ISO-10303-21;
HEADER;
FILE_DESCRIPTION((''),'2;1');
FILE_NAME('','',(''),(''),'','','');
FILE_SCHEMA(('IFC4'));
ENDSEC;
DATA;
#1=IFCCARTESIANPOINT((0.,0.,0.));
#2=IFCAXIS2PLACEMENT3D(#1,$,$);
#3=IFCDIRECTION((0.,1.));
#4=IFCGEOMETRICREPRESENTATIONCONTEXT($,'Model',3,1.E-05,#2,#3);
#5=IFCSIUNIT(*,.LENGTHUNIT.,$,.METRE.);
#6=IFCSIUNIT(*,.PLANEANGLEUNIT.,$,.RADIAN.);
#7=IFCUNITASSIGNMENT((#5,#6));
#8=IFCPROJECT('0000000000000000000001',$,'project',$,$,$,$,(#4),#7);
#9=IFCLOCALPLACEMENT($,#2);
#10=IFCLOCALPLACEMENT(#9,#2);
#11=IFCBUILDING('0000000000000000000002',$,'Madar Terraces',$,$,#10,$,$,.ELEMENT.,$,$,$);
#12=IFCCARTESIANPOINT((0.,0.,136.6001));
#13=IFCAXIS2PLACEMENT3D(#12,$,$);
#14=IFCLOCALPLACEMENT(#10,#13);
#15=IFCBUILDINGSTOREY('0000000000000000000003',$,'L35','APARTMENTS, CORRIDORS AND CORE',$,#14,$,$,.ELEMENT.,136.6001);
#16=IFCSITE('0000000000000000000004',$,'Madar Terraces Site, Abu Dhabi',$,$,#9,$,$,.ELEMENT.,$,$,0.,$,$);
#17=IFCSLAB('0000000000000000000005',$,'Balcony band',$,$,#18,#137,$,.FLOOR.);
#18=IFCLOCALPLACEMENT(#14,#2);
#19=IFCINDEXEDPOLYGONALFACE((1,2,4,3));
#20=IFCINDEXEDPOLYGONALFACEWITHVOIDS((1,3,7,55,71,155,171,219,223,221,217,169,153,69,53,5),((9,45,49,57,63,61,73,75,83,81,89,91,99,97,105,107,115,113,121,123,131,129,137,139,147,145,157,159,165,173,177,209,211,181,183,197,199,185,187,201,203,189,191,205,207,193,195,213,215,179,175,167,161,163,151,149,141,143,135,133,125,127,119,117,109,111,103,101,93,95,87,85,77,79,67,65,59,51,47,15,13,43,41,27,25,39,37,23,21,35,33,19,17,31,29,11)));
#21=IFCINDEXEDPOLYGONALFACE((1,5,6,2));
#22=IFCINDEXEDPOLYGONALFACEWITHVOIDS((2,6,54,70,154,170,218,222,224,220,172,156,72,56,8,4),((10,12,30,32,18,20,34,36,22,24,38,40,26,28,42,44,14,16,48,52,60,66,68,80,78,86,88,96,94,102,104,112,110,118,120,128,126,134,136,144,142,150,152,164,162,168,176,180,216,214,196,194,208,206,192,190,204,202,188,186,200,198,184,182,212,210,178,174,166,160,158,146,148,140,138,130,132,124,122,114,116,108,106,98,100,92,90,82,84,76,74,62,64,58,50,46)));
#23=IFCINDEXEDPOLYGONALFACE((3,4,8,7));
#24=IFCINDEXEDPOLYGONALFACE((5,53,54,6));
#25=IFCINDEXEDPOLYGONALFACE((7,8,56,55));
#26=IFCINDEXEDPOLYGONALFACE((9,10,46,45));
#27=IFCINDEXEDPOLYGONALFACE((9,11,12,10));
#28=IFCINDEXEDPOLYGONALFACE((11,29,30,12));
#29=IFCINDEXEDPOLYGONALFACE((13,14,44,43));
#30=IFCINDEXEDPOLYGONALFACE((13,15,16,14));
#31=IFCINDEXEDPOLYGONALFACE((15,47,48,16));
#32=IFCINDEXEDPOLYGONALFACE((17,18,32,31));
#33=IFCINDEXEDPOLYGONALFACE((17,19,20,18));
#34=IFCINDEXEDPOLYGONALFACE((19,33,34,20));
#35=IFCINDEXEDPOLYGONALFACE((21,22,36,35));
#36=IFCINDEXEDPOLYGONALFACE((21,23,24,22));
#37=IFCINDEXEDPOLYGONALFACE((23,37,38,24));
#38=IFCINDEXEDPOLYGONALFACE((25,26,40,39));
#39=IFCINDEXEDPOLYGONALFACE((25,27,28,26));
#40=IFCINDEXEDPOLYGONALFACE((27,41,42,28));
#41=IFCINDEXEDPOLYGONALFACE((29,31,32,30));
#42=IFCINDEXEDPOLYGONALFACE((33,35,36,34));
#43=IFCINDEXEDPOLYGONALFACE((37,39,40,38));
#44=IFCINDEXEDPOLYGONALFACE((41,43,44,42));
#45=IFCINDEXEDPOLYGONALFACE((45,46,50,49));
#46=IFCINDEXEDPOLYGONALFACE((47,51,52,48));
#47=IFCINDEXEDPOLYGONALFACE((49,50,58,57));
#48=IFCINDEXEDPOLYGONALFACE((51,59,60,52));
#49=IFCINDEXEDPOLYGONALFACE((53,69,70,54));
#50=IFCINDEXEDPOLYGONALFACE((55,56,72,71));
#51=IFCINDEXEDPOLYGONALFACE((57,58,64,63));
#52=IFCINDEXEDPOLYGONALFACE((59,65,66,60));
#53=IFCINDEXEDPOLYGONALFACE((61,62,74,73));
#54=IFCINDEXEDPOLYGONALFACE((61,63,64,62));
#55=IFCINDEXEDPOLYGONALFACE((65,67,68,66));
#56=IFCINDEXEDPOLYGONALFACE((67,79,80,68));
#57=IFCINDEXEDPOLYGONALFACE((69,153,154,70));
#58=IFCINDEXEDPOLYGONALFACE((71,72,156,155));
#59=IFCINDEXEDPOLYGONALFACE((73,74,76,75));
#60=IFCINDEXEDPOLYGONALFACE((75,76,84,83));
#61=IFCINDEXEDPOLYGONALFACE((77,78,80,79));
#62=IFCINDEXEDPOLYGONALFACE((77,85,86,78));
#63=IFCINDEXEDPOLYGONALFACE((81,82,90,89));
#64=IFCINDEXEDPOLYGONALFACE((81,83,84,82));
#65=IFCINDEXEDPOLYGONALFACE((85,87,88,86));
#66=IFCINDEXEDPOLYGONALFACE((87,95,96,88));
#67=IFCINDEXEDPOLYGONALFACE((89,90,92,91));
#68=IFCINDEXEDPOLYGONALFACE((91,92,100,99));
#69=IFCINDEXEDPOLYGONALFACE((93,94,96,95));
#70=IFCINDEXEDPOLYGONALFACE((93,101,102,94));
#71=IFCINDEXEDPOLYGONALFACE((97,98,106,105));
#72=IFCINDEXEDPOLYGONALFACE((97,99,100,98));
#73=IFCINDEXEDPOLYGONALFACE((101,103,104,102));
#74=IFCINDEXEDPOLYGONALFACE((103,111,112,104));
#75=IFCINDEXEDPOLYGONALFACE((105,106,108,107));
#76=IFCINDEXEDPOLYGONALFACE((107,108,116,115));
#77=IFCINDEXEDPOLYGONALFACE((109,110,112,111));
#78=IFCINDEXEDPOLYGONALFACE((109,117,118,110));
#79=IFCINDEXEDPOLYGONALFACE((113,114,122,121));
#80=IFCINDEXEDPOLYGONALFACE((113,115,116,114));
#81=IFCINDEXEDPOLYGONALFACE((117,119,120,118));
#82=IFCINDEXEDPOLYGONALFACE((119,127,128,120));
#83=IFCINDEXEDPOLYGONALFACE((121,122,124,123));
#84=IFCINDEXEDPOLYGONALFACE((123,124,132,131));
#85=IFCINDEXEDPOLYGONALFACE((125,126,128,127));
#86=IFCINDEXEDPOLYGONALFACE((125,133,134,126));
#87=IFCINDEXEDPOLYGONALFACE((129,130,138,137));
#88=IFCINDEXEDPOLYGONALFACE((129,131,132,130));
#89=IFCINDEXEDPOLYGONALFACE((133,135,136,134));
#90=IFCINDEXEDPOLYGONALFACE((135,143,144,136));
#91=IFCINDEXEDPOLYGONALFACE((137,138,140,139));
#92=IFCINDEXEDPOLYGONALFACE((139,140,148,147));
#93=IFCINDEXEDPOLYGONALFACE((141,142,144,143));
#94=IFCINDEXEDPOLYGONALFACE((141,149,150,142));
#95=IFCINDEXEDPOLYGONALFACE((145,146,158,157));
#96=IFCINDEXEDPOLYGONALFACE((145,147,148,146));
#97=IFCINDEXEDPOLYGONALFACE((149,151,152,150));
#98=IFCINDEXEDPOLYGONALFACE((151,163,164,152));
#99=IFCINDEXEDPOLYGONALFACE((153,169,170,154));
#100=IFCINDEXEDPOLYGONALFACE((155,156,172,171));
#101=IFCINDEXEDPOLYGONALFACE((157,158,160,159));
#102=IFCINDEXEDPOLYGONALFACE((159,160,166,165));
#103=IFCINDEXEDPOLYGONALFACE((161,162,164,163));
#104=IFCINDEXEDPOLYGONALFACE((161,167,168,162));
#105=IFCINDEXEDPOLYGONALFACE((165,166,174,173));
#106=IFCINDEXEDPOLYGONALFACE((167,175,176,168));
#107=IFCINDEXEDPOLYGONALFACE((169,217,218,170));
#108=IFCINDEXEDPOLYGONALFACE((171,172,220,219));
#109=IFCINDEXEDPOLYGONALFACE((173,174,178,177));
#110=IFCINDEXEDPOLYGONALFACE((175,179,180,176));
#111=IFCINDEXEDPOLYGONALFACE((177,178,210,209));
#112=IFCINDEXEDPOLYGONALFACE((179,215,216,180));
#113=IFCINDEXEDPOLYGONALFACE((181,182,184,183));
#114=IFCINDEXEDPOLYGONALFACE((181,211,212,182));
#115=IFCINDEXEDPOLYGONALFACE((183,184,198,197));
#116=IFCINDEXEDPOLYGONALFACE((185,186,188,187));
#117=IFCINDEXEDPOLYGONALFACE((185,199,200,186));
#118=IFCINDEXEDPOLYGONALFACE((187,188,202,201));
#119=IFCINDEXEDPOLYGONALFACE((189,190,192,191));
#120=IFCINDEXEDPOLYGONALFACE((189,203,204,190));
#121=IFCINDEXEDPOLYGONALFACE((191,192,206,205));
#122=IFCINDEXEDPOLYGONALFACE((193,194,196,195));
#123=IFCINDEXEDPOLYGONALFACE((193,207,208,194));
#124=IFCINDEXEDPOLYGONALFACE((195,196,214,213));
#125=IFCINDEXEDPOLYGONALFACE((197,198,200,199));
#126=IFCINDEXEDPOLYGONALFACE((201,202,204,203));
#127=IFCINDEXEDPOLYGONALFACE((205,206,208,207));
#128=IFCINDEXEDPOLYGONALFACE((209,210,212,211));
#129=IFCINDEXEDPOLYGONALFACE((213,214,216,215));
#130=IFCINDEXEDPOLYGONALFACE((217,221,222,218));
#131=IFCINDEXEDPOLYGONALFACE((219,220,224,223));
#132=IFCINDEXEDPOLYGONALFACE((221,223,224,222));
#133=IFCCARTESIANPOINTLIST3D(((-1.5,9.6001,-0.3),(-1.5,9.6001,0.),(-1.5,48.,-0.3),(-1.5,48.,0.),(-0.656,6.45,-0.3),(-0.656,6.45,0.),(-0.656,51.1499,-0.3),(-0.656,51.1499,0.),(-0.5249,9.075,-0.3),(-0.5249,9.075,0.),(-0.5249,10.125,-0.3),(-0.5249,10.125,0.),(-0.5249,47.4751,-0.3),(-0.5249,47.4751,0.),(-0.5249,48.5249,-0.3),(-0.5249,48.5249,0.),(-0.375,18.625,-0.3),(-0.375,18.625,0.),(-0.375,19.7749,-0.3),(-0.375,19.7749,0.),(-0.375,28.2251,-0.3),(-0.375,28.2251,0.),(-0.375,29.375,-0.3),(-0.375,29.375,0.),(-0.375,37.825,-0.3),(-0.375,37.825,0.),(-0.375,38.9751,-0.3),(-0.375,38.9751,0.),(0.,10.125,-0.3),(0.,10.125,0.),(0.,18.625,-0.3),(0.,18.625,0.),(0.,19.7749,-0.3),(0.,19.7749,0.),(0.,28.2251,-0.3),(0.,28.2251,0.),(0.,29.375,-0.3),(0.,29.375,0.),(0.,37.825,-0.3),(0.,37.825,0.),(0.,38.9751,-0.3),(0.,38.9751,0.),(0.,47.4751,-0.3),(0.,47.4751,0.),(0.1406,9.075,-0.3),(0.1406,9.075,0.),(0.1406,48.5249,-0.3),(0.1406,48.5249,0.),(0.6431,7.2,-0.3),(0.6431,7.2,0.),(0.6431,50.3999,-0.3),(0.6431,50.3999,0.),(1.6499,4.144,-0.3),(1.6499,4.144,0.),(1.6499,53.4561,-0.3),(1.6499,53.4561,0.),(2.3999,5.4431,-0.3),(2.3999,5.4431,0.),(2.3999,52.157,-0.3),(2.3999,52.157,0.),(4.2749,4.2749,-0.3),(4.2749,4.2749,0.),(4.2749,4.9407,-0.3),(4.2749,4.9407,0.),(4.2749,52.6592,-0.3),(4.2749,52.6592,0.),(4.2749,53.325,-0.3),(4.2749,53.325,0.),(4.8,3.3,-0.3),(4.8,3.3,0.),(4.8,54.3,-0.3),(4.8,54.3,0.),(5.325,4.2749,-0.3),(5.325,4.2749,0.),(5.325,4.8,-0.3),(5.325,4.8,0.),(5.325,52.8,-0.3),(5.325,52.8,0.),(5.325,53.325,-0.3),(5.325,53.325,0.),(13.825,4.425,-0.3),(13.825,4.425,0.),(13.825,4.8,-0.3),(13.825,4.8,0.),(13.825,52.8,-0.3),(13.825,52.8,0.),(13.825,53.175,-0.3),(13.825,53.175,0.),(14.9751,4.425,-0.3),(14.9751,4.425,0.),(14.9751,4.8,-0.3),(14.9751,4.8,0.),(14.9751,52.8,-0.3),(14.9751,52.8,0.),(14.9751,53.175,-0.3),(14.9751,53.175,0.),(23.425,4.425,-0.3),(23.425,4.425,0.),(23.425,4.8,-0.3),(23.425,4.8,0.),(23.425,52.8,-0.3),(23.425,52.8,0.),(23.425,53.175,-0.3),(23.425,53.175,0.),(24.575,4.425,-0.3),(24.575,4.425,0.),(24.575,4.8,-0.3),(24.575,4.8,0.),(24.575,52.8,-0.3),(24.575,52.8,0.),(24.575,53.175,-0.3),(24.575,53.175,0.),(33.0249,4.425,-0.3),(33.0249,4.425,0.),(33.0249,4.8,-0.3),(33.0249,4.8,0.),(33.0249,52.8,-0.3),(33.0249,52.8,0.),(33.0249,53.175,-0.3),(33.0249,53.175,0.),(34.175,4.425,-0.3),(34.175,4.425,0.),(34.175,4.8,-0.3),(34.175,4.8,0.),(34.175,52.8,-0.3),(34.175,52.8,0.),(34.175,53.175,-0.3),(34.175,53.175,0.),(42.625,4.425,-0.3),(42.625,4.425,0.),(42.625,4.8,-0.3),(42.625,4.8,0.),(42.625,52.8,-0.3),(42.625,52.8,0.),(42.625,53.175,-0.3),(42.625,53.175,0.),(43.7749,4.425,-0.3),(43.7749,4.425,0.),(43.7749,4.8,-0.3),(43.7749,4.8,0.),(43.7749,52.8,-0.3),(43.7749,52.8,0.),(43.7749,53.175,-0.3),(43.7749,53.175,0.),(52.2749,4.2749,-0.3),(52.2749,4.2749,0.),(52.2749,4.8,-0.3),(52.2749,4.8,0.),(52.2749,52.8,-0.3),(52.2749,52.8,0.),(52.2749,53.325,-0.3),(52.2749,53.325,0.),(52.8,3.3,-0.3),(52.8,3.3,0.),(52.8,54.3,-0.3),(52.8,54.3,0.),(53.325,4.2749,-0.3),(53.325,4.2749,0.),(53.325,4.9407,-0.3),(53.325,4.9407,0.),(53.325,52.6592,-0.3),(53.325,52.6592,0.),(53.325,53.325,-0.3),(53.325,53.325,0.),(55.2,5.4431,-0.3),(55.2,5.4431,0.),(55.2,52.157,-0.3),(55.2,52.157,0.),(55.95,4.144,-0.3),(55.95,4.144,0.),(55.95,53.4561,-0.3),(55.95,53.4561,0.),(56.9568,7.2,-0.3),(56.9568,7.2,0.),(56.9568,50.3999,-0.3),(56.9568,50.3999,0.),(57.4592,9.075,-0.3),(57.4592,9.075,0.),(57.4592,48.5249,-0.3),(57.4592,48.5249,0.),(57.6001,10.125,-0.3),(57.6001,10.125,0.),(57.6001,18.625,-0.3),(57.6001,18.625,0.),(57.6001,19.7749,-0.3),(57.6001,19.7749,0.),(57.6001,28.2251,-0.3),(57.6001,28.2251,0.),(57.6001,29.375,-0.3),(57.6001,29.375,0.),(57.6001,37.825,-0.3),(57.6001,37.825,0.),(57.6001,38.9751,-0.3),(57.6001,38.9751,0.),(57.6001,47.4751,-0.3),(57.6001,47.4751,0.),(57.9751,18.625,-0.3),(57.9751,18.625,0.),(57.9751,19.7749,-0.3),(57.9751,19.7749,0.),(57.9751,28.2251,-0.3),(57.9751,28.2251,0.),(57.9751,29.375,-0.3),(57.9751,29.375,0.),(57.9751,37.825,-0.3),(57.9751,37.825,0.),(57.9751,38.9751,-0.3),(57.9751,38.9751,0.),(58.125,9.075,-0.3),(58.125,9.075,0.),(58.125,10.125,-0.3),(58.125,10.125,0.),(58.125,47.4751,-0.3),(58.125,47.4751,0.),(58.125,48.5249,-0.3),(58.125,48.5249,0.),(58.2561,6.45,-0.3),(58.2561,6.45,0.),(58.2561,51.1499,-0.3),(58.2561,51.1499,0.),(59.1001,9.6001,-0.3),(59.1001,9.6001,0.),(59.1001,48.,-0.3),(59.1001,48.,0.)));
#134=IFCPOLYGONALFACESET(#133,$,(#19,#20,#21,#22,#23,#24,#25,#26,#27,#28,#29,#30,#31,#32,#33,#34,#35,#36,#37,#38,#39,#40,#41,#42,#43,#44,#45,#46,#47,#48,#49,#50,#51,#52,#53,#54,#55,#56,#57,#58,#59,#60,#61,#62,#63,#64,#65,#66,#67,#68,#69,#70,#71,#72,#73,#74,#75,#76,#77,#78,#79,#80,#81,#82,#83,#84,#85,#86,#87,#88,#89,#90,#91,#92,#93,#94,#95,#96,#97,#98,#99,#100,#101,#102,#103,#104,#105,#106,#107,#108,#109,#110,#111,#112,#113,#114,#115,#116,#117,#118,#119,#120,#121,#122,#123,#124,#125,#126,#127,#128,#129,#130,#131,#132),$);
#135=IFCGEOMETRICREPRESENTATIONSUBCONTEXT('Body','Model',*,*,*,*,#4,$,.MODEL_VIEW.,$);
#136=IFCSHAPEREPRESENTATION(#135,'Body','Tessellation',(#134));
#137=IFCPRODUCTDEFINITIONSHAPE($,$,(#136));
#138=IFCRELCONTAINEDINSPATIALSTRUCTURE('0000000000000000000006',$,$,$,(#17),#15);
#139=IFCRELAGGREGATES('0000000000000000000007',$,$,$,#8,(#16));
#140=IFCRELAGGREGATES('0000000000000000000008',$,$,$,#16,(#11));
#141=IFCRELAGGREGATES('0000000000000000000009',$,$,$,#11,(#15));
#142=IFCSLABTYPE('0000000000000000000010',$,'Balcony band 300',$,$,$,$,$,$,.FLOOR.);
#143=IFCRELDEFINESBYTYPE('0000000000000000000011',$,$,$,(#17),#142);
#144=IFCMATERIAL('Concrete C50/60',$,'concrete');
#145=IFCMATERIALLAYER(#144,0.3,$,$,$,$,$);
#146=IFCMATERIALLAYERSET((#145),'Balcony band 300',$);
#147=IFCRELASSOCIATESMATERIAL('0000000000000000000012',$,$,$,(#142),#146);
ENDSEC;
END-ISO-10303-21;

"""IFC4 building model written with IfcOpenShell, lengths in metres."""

from ifc_helpers import new_model, si_unit, direction, frame, origin, place, context, subcontext, project, spatial, polyline, outline, extrude, material, layer, layer_set, type_object, element, save


model = new_model("IFC4")

# Units and contexts
model_context = context("Model", 3, precision=1e-05, world=origin(), true_north=direction((0.0, 1.0)))
body_context = subcontext(model_context, "Body", "Model", "MODEL_VIEW")
ifc_project = project(units=[si_unit("LENGTHUNIT", "METRE"), si_unit("PLANEANGLEUNIT", "RADIAN")], contexts=[model_context])

# Site, building, storey
site_placement = place(None, origin())
site = spatial("IfcSite", under=ifc_project, at=site_placement, Name="Madar Terraces Site, Abu Dhabi", CompositionType="ELEMENT", RefElevation=0.0)
building_placement = place(site_placement, origin())
building = spatial("IfcBuilding", under=site, at=building_placement, Name="Madar Terraces", CompositionType="ELEMENT")
storey_placement = place(building_placement, frame((0.0, 0.0, 136.6001)))
storey = spatial("IfcBuildingStorey", under=building, at=storey_placement, Name="L35", Description="APARTMENTS, CORRIDORS AND CORE", CompositionType="ELEMENT", Elevation=136.6001)

# Slab
ifc_material_1 = material(Name="Concrete C50/60", Category="concrete")
ifc_layer_1 = layer(ifc_material_1, 0.3)
ifc_layer_set_1 = layer_set([ifc_layer_1], Name="Balcony band 300")
slab_type_1 = type_object("IfcSlabType", Name="Balcony band 300", PredefinedType="FLOOR", material=ifc_layer_set_1)
slab_1_placement = place(storey_placement, frame((0.0, 0.0, -0.3)))
element("IfcSlab", 1, at=slab_1_placement, inside=storey, type_object=slab_type_1, Name="Balcony band", PredefinedType="FLOOR", context=body_context, shape_type="SweptSolid", body=[
    extrude(outline(polyline([(4.8, 3.3), (1.6499, 4.144), (-0.656, 6.45), (-1.5, 9.6001), (-1.5, 48.0), (-0.656, 51.1499), (1.6499, 53.4561), (4.8, 54.3), (52.8, 54.3), (55.95, 53.4561), (58.2561, 51.1499), (59.1001, 48.0), (59.1001, 9.6001), (58.2561, 6.45), (55.95, 4.144), (52.8, 3.3), (4.8, 3.3)]), holes=[polyline([(5.325, 4.2749), (5.325, 4.8), (13.825, 4.8), (13.825, 4.425), (14.9751, 4.425), (14.9751, 4.8), (23.425, 4.8), (23.425, 4.425), (24.575, 4.425), (24.575, 4.8), (33.0249, 4.8), (33.0249, 4.425), (34.175, 4.425), (34.175, 4.8), (42.625, 4.8), (42.625, 4.425), (43.7749, 4.425), (43.7749, 4.8), (52.2749, 4.8), (52.2749, 4.2749), (53.325, 4.2749), (53.325, 4.9407), (55.2, 5.4431), (56.9568, 7.2), (57.4592, 9.075), (58.125, 9.075), (58.125, 10.125), (57.6001, 10.125), (57.6001, 18.625), (57.9751, 18.625), (57.9751, 19.7749), (57.6001, 19.7749), (57.6001, 28.2251), (57.9751, 28.2251), (57.9751, 29.375), (57.6001, 29.375), (57.6001, 37.825), (57.9751, 37.825), (57.9751, 38.9751), (57.6001, 38.9751), (57.6001, 47.4751), (58.125, 47.4751), (58.125, 48.5249), (57.4592, 48.5249), (56.9568, 50.3999), (55.2, 52.157), (53.325, 52.6592), (53.325, 53.325), (52.2749, 53.325), (52.2749, 52.8), (43.7749, 52.8), (43.7749, 53.175), (42.625, 53.175), (42.625, 52.8), (34.175, 52.8), (34.175, 53.175), (33.0249, 53.175), (33.0249, 52.8), (24.575, 52.8), (24.575, 53.175), (23.425, 53.175), (23.425, 52.8), (14.9751, 52.8), (14.9751, 53.175), (13.825, 53.175), (13.825, 52.8), (5.325, 52.8), (5.325, 53.325), (4.2749, 53.325), (4.2749, 52.6592), (2.3999, 52.157), (0.6431, 50.3999), (0.1406, 48.5249), (-0.5249, 48.5249), (-0.5249, 47.4751), (0.0, 47.4751), (0.0, 38.9751), (-0.375, 38.9751), (-0.375, 37.825), (0.0, 37.825), (0.0, 29.375), (-0.375, 29.375), (-0.375, 28.2251), (0.0, 28.2251), (0.0, 19.7749), (-0.375, 19.7749), (-0.375, 18.625), (0.0, 18.625), (0.0, 10.125), (-0.5249, 10.125), (-0.5249, 9.075), (0.1406, 9.075), (0.6431, 7.2), (2.3999, 5.4431), (4.2749, 4.9407), (4.2749, 4.2749), (5.325, 4.2749)])]), origin(), (0.0, 0.0, 1.0), 0.3),
])

save(model, "model.ifc")
